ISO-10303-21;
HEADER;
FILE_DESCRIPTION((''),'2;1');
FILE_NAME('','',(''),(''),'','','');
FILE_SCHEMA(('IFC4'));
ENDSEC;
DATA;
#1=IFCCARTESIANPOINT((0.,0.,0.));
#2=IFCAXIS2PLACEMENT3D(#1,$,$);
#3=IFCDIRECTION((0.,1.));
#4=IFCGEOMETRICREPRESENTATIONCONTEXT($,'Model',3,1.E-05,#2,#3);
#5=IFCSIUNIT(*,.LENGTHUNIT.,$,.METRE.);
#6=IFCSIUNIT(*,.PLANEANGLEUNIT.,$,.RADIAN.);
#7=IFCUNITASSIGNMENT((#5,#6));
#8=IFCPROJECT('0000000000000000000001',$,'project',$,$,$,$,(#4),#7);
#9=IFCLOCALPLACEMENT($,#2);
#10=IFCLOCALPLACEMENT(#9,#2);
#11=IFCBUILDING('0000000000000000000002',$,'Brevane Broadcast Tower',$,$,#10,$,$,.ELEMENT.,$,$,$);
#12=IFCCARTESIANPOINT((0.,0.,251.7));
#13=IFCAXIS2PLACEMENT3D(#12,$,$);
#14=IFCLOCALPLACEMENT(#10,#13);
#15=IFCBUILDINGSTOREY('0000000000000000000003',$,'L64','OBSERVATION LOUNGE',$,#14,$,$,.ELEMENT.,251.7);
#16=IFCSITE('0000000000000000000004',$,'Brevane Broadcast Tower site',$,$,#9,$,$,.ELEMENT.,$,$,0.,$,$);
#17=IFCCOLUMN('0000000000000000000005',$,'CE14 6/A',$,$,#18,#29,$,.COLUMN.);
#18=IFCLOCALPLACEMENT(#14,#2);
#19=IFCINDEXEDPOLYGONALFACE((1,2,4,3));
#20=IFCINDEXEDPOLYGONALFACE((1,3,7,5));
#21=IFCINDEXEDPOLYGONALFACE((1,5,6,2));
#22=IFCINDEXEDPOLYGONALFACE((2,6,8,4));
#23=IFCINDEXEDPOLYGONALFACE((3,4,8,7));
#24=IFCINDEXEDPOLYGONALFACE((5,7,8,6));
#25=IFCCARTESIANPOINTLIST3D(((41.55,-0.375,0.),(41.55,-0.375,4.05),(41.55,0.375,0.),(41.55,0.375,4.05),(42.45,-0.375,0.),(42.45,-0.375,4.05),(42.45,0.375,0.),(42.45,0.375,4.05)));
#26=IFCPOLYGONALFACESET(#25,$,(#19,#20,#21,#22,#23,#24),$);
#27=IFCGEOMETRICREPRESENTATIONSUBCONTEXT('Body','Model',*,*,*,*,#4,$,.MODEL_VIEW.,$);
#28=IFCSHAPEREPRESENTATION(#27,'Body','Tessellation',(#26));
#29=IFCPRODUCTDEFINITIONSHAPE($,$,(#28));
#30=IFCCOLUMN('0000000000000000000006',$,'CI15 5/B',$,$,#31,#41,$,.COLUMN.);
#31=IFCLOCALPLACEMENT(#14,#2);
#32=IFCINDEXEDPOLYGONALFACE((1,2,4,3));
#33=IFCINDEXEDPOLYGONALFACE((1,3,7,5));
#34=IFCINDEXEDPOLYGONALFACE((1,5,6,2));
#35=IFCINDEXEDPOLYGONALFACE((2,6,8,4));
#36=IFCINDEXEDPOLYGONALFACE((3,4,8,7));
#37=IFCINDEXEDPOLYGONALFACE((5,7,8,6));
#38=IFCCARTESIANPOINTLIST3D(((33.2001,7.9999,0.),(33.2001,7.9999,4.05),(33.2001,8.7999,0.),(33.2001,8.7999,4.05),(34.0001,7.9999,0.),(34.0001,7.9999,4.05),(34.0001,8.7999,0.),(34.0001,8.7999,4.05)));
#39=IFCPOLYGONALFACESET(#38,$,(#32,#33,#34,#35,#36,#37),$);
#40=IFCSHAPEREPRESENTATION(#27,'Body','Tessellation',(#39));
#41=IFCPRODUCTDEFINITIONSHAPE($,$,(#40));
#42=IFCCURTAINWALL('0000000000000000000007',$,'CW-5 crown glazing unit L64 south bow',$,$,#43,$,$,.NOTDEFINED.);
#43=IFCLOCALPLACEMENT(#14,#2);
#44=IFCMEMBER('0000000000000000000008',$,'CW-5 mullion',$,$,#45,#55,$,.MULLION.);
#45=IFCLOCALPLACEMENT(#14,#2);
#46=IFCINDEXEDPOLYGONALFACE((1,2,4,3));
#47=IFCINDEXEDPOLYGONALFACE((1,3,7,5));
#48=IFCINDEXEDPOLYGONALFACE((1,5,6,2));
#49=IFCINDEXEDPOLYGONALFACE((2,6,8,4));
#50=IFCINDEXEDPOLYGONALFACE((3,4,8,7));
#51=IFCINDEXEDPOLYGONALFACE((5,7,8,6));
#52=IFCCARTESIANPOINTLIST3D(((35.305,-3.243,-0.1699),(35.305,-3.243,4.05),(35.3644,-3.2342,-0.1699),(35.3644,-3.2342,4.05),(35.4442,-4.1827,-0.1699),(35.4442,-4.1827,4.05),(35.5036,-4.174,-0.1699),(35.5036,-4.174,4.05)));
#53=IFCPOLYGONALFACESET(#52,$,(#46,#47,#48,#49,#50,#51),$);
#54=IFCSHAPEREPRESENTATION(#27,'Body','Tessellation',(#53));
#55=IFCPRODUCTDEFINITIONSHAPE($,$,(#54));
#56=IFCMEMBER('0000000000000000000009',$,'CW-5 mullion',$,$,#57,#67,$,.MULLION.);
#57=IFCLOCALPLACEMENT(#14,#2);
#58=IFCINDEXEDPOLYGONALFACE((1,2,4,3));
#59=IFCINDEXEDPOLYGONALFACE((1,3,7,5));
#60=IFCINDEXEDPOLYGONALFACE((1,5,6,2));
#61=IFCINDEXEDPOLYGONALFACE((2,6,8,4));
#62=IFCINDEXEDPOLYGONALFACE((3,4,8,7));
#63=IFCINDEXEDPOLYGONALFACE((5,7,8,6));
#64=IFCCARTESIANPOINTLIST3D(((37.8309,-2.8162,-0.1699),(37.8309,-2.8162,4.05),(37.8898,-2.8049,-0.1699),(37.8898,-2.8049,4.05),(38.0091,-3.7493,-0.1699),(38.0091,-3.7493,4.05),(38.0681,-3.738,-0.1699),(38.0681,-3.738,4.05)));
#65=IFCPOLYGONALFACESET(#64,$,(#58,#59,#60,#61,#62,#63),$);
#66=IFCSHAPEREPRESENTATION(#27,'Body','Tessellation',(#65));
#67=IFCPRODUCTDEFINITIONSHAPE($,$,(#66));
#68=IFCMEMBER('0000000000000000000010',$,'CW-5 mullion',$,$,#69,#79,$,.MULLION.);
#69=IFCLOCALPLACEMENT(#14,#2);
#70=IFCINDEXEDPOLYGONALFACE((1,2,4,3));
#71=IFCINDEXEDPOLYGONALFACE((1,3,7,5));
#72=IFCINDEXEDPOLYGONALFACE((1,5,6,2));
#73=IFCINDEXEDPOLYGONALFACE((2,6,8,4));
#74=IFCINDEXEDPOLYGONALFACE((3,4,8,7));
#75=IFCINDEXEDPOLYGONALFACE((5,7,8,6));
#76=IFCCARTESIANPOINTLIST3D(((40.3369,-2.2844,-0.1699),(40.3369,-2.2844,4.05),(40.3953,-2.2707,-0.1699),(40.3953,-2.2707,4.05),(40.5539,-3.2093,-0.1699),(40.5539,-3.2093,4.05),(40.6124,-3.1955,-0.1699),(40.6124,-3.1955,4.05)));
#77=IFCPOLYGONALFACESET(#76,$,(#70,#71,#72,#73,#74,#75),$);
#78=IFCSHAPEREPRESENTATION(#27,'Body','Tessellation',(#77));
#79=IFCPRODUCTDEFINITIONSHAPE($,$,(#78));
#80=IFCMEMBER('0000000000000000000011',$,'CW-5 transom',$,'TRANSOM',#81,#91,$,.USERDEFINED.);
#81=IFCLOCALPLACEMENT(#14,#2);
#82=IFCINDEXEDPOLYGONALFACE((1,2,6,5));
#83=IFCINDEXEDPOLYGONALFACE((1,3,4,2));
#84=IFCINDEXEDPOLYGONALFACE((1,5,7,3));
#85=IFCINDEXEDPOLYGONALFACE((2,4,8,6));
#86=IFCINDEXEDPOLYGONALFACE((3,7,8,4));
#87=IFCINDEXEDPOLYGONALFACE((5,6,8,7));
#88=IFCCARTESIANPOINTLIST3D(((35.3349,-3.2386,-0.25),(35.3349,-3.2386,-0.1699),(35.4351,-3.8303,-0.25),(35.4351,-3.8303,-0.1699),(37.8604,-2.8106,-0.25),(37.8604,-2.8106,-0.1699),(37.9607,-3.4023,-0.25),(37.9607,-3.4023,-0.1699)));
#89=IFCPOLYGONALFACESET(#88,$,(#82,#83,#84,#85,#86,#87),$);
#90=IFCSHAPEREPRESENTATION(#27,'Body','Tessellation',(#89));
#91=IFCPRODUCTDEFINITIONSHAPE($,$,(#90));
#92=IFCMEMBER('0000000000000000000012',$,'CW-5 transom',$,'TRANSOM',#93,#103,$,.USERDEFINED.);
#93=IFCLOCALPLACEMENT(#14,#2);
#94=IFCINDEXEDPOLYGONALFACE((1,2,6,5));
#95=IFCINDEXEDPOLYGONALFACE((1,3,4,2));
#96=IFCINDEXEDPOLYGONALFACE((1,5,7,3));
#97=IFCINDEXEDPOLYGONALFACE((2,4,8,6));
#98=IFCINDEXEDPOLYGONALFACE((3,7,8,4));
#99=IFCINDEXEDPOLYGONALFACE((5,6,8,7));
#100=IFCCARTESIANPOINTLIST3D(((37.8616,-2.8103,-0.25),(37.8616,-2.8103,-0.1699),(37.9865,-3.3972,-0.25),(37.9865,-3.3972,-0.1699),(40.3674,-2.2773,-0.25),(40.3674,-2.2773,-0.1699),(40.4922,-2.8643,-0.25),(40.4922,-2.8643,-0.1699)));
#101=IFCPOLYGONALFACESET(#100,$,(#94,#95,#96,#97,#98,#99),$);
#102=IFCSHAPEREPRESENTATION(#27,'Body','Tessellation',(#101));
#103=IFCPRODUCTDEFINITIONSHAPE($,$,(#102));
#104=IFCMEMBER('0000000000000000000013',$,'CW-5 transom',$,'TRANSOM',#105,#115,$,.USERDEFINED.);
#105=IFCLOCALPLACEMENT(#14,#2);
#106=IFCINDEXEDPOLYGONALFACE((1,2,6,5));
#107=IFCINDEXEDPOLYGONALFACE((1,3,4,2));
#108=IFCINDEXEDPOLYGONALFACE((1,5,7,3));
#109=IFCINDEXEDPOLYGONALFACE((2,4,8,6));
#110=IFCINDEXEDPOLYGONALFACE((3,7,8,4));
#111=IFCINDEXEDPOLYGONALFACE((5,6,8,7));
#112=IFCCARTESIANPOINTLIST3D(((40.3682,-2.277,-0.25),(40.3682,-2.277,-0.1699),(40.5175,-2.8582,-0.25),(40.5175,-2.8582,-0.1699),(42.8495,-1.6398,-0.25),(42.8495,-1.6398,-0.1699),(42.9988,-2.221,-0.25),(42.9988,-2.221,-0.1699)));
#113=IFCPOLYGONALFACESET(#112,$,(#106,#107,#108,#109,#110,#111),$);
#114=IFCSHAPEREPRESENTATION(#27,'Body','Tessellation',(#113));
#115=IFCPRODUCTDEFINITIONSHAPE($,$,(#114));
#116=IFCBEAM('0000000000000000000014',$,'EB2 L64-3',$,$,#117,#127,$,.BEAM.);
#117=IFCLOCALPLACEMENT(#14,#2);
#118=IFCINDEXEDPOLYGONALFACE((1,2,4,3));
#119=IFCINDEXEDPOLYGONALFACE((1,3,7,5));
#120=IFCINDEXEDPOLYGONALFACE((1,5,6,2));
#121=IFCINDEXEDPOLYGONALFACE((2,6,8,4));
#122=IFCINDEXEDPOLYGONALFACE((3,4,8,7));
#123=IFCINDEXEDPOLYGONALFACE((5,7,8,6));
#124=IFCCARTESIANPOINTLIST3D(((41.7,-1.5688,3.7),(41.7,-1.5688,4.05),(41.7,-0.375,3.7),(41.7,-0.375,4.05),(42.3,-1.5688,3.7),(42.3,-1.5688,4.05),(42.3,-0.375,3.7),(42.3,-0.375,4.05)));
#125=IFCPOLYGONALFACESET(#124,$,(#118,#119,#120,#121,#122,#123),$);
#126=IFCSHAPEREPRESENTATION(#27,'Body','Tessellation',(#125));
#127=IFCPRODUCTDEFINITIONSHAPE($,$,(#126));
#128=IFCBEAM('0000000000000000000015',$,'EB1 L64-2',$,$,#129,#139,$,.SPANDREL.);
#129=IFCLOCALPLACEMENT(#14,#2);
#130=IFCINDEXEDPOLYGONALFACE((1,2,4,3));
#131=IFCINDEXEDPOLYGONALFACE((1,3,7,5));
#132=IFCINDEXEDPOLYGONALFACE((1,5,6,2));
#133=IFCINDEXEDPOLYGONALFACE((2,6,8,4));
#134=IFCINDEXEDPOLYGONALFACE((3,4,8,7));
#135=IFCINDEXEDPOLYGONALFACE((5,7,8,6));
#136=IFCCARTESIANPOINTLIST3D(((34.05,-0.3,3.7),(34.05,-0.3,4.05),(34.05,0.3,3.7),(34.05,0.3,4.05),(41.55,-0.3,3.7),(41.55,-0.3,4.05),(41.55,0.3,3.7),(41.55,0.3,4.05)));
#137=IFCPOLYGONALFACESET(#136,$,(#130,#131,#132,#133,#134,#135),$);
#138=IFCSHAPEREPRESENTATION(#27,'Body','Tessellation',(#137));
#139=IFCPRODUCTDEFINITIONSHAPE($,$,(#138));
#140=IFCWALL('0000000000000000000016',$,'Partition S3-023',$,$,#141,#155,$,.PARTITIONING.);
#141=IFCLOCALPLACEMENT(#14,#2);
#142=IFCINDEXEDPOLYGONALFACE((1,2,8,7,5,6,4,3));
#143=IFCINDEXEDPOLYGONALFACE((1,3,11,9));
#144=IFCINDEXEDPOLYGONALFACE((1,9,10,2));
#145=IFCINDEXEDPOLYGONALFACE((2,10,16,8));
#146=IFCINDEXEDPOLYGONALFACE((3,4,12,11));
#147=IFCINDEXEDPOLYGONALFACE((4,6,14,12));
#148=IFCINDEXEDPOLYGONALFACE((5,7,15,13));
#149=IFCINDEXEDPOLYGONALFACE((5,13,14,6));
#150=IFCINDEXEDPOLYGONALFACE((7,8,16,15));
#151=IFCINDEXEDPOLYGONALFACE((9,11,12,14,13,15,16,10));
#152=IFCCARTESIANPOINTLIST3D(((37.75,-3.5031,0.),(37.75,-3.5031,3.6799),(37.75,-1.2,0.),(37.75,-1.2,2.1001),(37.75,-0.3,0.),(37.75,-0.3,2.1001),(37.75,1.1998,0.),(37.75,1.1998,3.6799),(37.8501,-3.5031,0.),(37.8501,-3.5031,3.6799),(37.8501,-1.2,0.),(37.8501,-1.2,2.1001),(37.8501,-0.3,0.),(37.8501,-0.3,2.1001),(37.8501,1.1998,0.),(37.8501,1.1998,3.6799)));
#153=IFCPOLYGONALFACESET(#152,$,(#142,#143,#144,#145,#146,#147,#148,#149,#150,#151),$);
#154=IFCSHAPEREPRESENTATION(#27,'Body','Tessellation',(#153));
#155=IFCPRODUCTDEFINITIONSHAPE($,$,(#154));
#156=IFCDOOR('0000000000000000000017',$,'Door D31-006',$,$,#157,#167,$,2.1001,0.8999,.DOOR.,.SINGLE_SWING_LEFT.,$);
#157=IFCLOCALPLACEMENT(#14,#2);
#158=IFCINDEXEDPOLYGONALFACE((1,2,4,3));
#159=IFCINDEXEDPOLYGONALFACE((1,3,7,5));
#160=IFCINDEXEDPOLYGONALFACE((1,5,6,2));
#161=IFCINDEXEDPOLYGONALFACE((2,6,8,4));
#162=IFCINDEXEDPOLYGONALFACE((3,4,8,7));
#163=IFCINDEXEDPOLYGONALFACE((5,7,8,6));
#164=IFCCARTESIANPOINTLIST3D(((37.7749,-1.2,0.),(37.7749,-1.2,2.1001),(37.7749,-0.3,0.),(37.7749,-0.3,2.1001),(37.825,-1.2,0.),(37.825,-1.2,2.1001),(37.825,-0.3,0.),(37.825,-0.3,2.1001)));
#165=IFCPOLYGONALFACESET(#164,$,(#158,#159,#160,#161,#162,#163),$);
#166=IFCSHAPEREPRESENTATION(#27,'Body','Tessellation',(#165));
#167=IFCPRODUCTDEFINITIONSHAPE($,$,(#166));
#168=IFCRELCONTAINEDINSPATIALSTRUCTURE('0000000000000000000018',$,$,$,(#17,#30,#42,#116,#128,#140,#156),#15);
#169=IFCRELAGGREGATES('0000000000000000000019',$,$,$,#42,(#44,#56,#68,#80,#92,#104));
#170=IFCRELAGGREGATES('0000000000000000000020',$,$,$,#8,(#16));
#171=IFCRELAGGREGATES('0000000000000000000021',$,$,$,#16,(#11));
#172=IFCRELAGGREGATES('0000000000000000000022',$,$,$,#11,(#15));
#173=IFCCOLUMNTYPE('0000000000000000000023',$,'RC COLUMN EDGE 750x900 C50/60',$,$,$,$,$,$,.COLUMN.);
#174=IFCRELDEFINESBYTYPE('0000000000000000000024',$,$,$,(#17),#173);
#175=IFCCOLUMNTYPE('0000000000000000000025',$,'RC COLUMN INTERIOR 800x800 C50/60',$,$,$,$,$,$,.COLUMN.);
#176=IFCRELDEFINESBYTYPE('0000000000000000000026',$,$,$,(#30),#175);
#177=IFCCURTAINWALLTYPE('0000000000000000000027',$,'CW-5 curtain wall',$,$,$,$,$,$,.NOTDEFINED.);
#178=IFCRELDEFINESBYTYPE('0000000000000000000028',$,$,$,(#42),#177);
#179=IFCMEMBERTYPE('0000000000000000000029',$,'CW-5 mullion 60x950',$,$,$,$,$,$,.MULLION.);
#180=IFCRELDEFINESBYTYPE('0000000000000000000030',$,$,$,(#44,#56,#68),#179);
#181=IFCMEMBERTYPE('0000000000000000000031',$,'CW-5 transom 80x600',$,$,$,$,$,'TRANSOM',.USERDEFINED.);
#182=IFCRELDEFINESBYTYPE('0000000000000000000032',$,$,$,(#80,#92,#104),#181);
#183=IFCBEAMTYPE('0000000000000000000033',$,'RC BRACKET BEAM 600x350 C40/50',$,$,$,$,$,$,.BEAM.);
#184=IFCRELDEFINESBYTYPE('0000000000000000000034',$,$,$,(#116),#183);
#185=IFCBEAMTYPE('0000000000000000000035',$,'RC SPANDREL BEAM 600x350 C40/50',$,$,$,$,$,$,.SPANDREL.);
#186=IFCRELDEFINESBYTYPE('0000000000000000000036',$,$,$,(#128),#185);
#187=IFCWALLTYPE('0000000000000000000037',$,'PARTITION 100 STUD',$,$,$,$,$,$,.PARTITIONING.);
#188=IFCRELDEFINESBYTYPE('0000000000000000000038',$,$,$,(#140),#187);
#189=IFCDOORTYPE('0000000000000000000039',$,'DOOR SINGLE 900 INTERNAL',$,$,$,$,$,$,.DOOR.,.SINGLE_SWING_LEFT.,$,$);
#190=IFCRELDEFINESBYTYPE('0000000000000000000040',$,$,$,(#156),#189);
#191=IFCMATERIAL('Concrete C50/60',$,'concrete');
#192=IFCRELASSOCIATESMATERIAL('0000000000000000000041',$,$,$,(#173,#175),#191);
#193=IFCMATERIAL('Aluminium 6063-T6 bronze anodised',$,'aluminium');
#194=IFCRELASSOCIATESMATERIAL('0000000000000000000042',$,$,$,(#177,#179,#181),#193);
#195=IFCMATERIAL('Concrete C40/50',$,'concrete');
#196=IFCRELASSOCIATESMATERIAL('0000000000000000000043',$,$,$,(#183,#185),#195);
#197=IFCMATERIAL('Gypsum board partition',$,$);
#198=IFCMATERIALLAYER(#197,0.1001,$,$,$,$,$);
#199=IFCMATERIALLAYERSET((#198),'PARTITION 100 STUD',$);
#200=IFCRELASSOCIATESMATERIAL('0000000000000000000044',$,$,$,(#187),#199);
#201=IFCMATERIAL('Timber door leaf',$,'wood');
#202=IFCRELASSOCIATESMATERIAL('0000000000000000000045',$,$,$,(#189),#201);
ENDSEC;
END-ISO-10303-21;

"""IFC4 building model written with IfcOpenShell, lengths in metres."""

from ifc_helpers import new_model, si_unit, direction, frame, frame_2d, origin, origin_2d, place, context, subcontext, project, spatial, rectangle, extrude, material, layer, layer_set, material_profile, profile_set, type_object, element, fill, aggregate, save


model = new_model("IFC4")

# Units and contexts
model_context = context("Model", 3, precision=1e-05, world=origin(), true_north=direction((0.0, 1.0)))
body_context = subcontext(model_context, "Body", "Model", "MODEL_VIEW")
ifc_project = project(units=[si_unit("LENGTHUNIT", "METRE"), si_unit("PLANEANGLEUNIT", "RADIAN")], contexts=[model_context])

# Site, building, storey
site_placement = place(None, origin())
site = spatial("IfcSite", under=ifc_project, at=site_placement, Name="Brevane Broadcast Tower site", CompositionType="ELEMENT", RefElevation=0.0)
building_placement = place(site_placement, origin())
building = spatial("IfcBuilding", under=site, at=building_placement, Name="Brevane Broadcast Tower", CompositionType="ELEMENT")
storey_placement = place(building_placement, frame((0.0, 0.0, 251.7)))
storey = spatial("IfcBuildingStorey", under=building, at=storey_placement, Name="L64", Description="OBSERVATION LOUNGE", CompositionType="ELEMENT", Elevation=251.7)

# Columns
ifc_material_1 = material(Name="Concrete C50/60", Category="concrete")
ifc_material_profile_1 = material_profile(ifc_material_1, rectangle(XDim=0.75, YDim=0.8999, at=origin_2d()), Name="RC 750x900")
ifc_profile_set_1 = profile_set([ifc_material_profile_1], Name="Concrete C50/60")
column_type_1 = type_object("IfcColumnType", Name="RC COLUMN EDGE 750x900 C50/60", PredefinedType="COLUMN", material=ifc_profile_set_1)
column_1_placement = place(storey_placement, frame((42.0, 0.0, 0.0), z_axis=(0.0, 0.0, 1.0), x_axis=(0.0, 1.0, 0.0)))
element("IfcColumn", 1, at=column_1_placement, inside=storey, type_object=column_type_1, Name="CE14 6/A", PredefinedType="COLUMN", context=body_context, shape_type="SweptSolid", body=[
    extrude(rectangle(XDim=0.75, YDim=0.8999, at=origin_2d()), origin(), (0.0, 0.0, 1.0), 4.05),
])
ifc_material_profile_2 = material_profile(ifc_material_1, rectangle(XDim=0.8, YDim=0.8, at=origin_2d()), Name="RC 800x800")
ifc_profile_set_2 = profile_set([ifc_material_profile_2], Name="Concrete C50/60")
column_type_2 = type_object("IfcColumnType", Name="RC COLUMN INTERIOR 800x800 C50/60", PredefinedType="COLUMN", material=ifc_profile_set_2)
column_2_placement = place(storey_placement, frame((33.6001, 8.3999, 0.0), z_axis=(0.0, 0.0, 1.0), x_axis=(1.0, 0.0, 0.0)))
element("IfcColumn", 2, at=column_2_placement, inside=storey, type_object=column_type_2, Name="CI15 5/B", PredefinedType="COLUMN", context=body_context, shape_type="SweptSolid", body=[
    extrude(rectangle(XDim=0.8, YDim=0.8, at=origin_2d()), origin(), (0.0, 0.0, 1.0), 4.05),
])

# Curtain wall, members
ifc_material_2 = material(Name="Aluminium 6063-T6 bronze anodised", Category="aluminium")
curtain_wall_type = type_object("IfcCurtainWallType", Name="CW-5 curtain wall", PredefinedType="NOTDEFINED", material=ifc_material_2)
curtain_wall_placement = place(storey_placement, origin())
curtain_wall = element("IfcCurtainWall", 3, at=curtain_wall_placement, inside=storey, type_object=curtain_wall_type, Name="CW-5 crown glazing unit L64 south bow", PredefinedType="NOTDEFINED")
ifc_material_profile_3 = material_profile(ifc_material_2, rectangle(XDim=0.95, YDim=0.0601, at=origin_2d()), Name="RECT 60x950")
ifc_profile_set_3 = profile_set([ifc_material_profile_3], Name="Aluminium 6063-T6 bronze anodised")
member_type_1 = type_object("IfcMemberType", Name="CW-5 mullion 60x950", PredefinedType="MULLION", material=ifc_profile_set_3)
member_1_placement = place(storey_placement, frame((35.4043, -3.7085, -0.1699), z_axis=(0.0, 0.0, 1.0), x_axis=(-0.146447, 0.989218, 0.0)))
member_1 = element("IfcMember", 4, at=member_1_placement, type_object=member_type_1, Name="CW-5 mullion", PredefinedType="MULLION", context=body_context, shape_type="SweptSolid", body=[
    extrude(rectangle(XDim=0.95, YDim=0.0601, at=origin_2d()), origin(), (0.0, 0.0, 1.0), 4.22),
])
member_2_placement = place(storey_placement, frame((37.9495, -3.2771, -0.1699), z_axis=(0.0, 0.0, 1.0), x_axis=(-0.187621, 0.982242, 0.0)))
member_2 = element("IfcMember", 5, at=member_2_placement, type_object=member_type_1, Name="CW-5 mullion", PredefinedType="MULLION", context=body_context, shape_type="SweptSolid", body=[
    extrude(rectangle(XDim=0.95, YDim=0.0601, at=origin_2d()), origin(), (0.0, 0.0, 1.0), 4.22),
])
member_3_placement = place(storey_placement, frame((40.4746, -2.74, -0.1699), z_axis=(0.0, 0.0, 1.0), x_axis=(-0.228467, 0.973552, 0.0)))
member_3 = element("IfcMember", 6, at=member_3_placement, type_object=member_type_1, Name="CW-5 mullion", PredefinedType="MULLION", context=body_context, shape_type="SweptSolid", body=[
    extrude(rectangle(XDim=0.95, YDim=0.0601, at=origin_2d()), origin(), (0.0, 0.0, 1.0), 4.22),
])
ifc_material_profile_4 = material_profile(ifc_material_2, rectangle(XDim=0.6001, YDim=0.0801, at=origin_2d()), Name="RECT 80x600")
ifc_profile_set_4 = profile_set([ifc_material_profile_4], Name="Aluminium 6063-T6 bronze anodised")
member_type_2 = type_object("IfcMemberType", Name="CW-5 transom 80x600", ElementType="TRANSOM", PredefinedType="USERDEFINED", material=ifc_profile_set_4)
member_4_placement = place(storey_placement, frame((35.385, -3.5344, -0.21), z_axis=(0.985945, 0.167072, 0.0), x_axis=(-0.167072, 0.985945, 0.0)))
member_4 = element("IfcMember", 7, at=member_4_placement, type_object=member_type_2, Name="CW-5 transom", ObjectType="TRANSOM", PredefinedType="USERDEFINED", context=body_context, shape_type="SweptSolid", body=[
    extrude(rectangle(XDim=0.6001, YDim=0.0801, at=origin_2d()), origin(), (0.0, 0.0, 1.0), 2.5615),
])
member_5_placement = place(storey_placement, frame((37.9241, -3.1038, -0.21), z_axis=(0.978118, 0.208051, 0.0), x_axis=(-0.208051, 0.978118, 0.0)))
member_5 = element("IfcMember", 8, at=member_5_placement, type_object=member_type_2, Name="CW-5 transom", ObjectType="TRANSOM", PredefinedType="USERDEFINED", context=body_context, shape_type="SweptSolid", body=[
    extrude(rectangle(XDim=0.6001, YDim=0.0801, at=origin_2d()), origin(), (0.0, 0.0, 1.0), 2.5618),
])
member_6_placement = place(storey_placement, frame((40.4429, -2.5676, -0.21), z_axis=(0.96857, 0.248742, 0.0), x_axis=(-0.248742, 0.96857, 0.0)))
member_6 = element("IfcMember", 9, at=member_6_placement, type_object=member_type_2, Name="CW-5 transom", ObjectType="TRANSOM", PredefinedType="USERDEFINED", context=body_context, shape_type="SweptSolid", body=[
    extrude(rectangle(XDim=0.6001, YDim=0.0801, at=origin_2d()), origin(), (0.0, 0.0, 1.0), 2.5618),
])
aggregate(curtain_wall, [member_1, member_2, member_3, member_4, member_5, member_6])

# Beams
ifc_material_3 = material(Name="Concrete C40/50", Category="concrete")
ifc_material_profile_5 = material_profile(ifc_material_3, rectangle(XDim=0.6001, YDim=0.3501, at=origin_2d()), Name="RC 600x350")
ifc_profile_set_5 = profile_set([ifc_material_profile_5], Name="Concrete C40/50")
beam_type_1 = type_object("IfcBeamType", Name="RC BRACKET BEAM 600x350 C40/50", PredefinedType="BEAM", material=ifc_profile_set_5)
beam_1_placement = place(storey_placement, frame((42.0, -0.375, 3.875), z_axis=(0.0, -1.0, 0.0), x_axis=(1.0, 0.0, 0.0)))
element("IfcBeam", 10, at=beam_1_placement, inside=storey, type_object=beam_type_1, Name="EB2 L64-3", PredefinedType="BEAM", context=body_context, shape_type="SweptSolid", body=[
    extrude(rectangle(XDim=0.6001, YDim=0.3501, at=origin_2d()), origin(), (0.0, 0.0, 1.0), 1.1938),
])
ifc_material_profile_6 = material_profile(ifc_material_3, rectangle(XDim=0.6001, YDim=0.3501, at=origin_2d()), Name="RC 600x350")
ifc_profile_set_6 = profile_set([ifc_material_profile_6], Name="Concrete C40/50")
beam_type_2 = type_object("IfcBeamType", Name="RC SPANDREL BEAM 600x350 C40/50", PredefinedType="SPANDREL", material=ifc_profile_set_6)
beam_2_placement = place(storey_placement, frame((34.05, 0.0, 3.875), z_axis=(1.0, 0.0, 0.0), x_axis=(0.0, 1.0, 0.0)))
element("IfcBeam", 11, at=beam_2_placement, inside=storey, type_object=beam_type_2, Name="EB1 L64-2", PredefinedType="SPANDREL", context=body_context, shape_type="SweptSolid", body=[
    extrude(rectangle(XDim=0.6001, YDim=0.3501, at=origin_2d()), origin(), (0.0, 0.0, 1.0), 7.5),
])

# Wall, opening, door
ifc_material_4 = material(Name="Gypsum board partition")
ifc_layer_1 = layer(ifc_material_4, 0.1001)
ifc_layer_set_1 = layer_set([ifc_layer_1], Name="PARTITION 100 STUD")
wall_type_1 = type_object("IfcWallType", Name="PARTITION 100 STUD", PredefinedType="PARTITIONING", material=ifc_layer_set_1)
wall_1_placement = place(storey_placement, frame((37.8, 1.2, 0.0), z_axis=(0.0, 0.0, 1.0), x_axis=(0.0, -1.0, 0.0)))
wall_1 = element("IfcWall", 12, at=wall_1_placement, inside=storey, type_object=wall_type_1, Name="Partition S3-023", PredefinedType="PARTITIONING", context=body_context, shape_type="SweptSolid", body=[
    extrude(rectangle(XDim=4.7029, YDim=0.1001, at=frame_2d((2.3516, 0.0))), origin(), (0.0, 0.0, 1.0), 3.6799),
])
opening_1_placement = place(wall_1_placement, frame((1.5, 0.0, 0.0)))
opening_1 = element("IfcOpeningElement", 13, at=opening_1_placement, cuts=wall_1, PredefinedType="OPENING", context=body_context, shape_type="SweptSolid", body=[
    extrude(rectangle(XDim=0.8999, YDim=2.1001, at=frame_2d((0.45, 1.05))), frame((0.0, 0.0601, 0.0), z_axis=(0.0, -1.0, 0.0), x_axis=(1.0, 0.0, 0.0)), (0.0, 0.0, 1.0), 0.1201),
])
ifc_material_5 = material(Name="Timber door leaf", Category="wood")
door_type_1 = type_object("IfcDoorType", Name="DOOR SINGLE 900 INTERNAL", OperationType="SINGLE_SWING_LEFT", PredefinedType="DOOR", material=ifc_material_5)
door_1_placement = place(opening_1_placement, origin())
door_1 = element("IfcDoor", 14, at=door_1_placement, inside=storey, type_object=door_type_1, Name="Door D31-006", OperationType="SINGLE_SWING_LEFT", OverallHeight=2.1001, OverallWidth=0.8999, PredefinedType="DOOR", context=body_context, shape_type="SweptSolid", body=[
    extrude(rectangle(XDim=0.8999, YDim=2.1001, at=frame_2d((0.45, 1.05))), frame((0.0, 0.0249, 0.0), z_axis=(0.0, -1.0, 0.0), x_axis=(1.0, 0.0, 0.0)), (0.0, 0.0, 1.0), 0.05),
])
fill(opening_1, door_1)

save(model, "model.ifc")
